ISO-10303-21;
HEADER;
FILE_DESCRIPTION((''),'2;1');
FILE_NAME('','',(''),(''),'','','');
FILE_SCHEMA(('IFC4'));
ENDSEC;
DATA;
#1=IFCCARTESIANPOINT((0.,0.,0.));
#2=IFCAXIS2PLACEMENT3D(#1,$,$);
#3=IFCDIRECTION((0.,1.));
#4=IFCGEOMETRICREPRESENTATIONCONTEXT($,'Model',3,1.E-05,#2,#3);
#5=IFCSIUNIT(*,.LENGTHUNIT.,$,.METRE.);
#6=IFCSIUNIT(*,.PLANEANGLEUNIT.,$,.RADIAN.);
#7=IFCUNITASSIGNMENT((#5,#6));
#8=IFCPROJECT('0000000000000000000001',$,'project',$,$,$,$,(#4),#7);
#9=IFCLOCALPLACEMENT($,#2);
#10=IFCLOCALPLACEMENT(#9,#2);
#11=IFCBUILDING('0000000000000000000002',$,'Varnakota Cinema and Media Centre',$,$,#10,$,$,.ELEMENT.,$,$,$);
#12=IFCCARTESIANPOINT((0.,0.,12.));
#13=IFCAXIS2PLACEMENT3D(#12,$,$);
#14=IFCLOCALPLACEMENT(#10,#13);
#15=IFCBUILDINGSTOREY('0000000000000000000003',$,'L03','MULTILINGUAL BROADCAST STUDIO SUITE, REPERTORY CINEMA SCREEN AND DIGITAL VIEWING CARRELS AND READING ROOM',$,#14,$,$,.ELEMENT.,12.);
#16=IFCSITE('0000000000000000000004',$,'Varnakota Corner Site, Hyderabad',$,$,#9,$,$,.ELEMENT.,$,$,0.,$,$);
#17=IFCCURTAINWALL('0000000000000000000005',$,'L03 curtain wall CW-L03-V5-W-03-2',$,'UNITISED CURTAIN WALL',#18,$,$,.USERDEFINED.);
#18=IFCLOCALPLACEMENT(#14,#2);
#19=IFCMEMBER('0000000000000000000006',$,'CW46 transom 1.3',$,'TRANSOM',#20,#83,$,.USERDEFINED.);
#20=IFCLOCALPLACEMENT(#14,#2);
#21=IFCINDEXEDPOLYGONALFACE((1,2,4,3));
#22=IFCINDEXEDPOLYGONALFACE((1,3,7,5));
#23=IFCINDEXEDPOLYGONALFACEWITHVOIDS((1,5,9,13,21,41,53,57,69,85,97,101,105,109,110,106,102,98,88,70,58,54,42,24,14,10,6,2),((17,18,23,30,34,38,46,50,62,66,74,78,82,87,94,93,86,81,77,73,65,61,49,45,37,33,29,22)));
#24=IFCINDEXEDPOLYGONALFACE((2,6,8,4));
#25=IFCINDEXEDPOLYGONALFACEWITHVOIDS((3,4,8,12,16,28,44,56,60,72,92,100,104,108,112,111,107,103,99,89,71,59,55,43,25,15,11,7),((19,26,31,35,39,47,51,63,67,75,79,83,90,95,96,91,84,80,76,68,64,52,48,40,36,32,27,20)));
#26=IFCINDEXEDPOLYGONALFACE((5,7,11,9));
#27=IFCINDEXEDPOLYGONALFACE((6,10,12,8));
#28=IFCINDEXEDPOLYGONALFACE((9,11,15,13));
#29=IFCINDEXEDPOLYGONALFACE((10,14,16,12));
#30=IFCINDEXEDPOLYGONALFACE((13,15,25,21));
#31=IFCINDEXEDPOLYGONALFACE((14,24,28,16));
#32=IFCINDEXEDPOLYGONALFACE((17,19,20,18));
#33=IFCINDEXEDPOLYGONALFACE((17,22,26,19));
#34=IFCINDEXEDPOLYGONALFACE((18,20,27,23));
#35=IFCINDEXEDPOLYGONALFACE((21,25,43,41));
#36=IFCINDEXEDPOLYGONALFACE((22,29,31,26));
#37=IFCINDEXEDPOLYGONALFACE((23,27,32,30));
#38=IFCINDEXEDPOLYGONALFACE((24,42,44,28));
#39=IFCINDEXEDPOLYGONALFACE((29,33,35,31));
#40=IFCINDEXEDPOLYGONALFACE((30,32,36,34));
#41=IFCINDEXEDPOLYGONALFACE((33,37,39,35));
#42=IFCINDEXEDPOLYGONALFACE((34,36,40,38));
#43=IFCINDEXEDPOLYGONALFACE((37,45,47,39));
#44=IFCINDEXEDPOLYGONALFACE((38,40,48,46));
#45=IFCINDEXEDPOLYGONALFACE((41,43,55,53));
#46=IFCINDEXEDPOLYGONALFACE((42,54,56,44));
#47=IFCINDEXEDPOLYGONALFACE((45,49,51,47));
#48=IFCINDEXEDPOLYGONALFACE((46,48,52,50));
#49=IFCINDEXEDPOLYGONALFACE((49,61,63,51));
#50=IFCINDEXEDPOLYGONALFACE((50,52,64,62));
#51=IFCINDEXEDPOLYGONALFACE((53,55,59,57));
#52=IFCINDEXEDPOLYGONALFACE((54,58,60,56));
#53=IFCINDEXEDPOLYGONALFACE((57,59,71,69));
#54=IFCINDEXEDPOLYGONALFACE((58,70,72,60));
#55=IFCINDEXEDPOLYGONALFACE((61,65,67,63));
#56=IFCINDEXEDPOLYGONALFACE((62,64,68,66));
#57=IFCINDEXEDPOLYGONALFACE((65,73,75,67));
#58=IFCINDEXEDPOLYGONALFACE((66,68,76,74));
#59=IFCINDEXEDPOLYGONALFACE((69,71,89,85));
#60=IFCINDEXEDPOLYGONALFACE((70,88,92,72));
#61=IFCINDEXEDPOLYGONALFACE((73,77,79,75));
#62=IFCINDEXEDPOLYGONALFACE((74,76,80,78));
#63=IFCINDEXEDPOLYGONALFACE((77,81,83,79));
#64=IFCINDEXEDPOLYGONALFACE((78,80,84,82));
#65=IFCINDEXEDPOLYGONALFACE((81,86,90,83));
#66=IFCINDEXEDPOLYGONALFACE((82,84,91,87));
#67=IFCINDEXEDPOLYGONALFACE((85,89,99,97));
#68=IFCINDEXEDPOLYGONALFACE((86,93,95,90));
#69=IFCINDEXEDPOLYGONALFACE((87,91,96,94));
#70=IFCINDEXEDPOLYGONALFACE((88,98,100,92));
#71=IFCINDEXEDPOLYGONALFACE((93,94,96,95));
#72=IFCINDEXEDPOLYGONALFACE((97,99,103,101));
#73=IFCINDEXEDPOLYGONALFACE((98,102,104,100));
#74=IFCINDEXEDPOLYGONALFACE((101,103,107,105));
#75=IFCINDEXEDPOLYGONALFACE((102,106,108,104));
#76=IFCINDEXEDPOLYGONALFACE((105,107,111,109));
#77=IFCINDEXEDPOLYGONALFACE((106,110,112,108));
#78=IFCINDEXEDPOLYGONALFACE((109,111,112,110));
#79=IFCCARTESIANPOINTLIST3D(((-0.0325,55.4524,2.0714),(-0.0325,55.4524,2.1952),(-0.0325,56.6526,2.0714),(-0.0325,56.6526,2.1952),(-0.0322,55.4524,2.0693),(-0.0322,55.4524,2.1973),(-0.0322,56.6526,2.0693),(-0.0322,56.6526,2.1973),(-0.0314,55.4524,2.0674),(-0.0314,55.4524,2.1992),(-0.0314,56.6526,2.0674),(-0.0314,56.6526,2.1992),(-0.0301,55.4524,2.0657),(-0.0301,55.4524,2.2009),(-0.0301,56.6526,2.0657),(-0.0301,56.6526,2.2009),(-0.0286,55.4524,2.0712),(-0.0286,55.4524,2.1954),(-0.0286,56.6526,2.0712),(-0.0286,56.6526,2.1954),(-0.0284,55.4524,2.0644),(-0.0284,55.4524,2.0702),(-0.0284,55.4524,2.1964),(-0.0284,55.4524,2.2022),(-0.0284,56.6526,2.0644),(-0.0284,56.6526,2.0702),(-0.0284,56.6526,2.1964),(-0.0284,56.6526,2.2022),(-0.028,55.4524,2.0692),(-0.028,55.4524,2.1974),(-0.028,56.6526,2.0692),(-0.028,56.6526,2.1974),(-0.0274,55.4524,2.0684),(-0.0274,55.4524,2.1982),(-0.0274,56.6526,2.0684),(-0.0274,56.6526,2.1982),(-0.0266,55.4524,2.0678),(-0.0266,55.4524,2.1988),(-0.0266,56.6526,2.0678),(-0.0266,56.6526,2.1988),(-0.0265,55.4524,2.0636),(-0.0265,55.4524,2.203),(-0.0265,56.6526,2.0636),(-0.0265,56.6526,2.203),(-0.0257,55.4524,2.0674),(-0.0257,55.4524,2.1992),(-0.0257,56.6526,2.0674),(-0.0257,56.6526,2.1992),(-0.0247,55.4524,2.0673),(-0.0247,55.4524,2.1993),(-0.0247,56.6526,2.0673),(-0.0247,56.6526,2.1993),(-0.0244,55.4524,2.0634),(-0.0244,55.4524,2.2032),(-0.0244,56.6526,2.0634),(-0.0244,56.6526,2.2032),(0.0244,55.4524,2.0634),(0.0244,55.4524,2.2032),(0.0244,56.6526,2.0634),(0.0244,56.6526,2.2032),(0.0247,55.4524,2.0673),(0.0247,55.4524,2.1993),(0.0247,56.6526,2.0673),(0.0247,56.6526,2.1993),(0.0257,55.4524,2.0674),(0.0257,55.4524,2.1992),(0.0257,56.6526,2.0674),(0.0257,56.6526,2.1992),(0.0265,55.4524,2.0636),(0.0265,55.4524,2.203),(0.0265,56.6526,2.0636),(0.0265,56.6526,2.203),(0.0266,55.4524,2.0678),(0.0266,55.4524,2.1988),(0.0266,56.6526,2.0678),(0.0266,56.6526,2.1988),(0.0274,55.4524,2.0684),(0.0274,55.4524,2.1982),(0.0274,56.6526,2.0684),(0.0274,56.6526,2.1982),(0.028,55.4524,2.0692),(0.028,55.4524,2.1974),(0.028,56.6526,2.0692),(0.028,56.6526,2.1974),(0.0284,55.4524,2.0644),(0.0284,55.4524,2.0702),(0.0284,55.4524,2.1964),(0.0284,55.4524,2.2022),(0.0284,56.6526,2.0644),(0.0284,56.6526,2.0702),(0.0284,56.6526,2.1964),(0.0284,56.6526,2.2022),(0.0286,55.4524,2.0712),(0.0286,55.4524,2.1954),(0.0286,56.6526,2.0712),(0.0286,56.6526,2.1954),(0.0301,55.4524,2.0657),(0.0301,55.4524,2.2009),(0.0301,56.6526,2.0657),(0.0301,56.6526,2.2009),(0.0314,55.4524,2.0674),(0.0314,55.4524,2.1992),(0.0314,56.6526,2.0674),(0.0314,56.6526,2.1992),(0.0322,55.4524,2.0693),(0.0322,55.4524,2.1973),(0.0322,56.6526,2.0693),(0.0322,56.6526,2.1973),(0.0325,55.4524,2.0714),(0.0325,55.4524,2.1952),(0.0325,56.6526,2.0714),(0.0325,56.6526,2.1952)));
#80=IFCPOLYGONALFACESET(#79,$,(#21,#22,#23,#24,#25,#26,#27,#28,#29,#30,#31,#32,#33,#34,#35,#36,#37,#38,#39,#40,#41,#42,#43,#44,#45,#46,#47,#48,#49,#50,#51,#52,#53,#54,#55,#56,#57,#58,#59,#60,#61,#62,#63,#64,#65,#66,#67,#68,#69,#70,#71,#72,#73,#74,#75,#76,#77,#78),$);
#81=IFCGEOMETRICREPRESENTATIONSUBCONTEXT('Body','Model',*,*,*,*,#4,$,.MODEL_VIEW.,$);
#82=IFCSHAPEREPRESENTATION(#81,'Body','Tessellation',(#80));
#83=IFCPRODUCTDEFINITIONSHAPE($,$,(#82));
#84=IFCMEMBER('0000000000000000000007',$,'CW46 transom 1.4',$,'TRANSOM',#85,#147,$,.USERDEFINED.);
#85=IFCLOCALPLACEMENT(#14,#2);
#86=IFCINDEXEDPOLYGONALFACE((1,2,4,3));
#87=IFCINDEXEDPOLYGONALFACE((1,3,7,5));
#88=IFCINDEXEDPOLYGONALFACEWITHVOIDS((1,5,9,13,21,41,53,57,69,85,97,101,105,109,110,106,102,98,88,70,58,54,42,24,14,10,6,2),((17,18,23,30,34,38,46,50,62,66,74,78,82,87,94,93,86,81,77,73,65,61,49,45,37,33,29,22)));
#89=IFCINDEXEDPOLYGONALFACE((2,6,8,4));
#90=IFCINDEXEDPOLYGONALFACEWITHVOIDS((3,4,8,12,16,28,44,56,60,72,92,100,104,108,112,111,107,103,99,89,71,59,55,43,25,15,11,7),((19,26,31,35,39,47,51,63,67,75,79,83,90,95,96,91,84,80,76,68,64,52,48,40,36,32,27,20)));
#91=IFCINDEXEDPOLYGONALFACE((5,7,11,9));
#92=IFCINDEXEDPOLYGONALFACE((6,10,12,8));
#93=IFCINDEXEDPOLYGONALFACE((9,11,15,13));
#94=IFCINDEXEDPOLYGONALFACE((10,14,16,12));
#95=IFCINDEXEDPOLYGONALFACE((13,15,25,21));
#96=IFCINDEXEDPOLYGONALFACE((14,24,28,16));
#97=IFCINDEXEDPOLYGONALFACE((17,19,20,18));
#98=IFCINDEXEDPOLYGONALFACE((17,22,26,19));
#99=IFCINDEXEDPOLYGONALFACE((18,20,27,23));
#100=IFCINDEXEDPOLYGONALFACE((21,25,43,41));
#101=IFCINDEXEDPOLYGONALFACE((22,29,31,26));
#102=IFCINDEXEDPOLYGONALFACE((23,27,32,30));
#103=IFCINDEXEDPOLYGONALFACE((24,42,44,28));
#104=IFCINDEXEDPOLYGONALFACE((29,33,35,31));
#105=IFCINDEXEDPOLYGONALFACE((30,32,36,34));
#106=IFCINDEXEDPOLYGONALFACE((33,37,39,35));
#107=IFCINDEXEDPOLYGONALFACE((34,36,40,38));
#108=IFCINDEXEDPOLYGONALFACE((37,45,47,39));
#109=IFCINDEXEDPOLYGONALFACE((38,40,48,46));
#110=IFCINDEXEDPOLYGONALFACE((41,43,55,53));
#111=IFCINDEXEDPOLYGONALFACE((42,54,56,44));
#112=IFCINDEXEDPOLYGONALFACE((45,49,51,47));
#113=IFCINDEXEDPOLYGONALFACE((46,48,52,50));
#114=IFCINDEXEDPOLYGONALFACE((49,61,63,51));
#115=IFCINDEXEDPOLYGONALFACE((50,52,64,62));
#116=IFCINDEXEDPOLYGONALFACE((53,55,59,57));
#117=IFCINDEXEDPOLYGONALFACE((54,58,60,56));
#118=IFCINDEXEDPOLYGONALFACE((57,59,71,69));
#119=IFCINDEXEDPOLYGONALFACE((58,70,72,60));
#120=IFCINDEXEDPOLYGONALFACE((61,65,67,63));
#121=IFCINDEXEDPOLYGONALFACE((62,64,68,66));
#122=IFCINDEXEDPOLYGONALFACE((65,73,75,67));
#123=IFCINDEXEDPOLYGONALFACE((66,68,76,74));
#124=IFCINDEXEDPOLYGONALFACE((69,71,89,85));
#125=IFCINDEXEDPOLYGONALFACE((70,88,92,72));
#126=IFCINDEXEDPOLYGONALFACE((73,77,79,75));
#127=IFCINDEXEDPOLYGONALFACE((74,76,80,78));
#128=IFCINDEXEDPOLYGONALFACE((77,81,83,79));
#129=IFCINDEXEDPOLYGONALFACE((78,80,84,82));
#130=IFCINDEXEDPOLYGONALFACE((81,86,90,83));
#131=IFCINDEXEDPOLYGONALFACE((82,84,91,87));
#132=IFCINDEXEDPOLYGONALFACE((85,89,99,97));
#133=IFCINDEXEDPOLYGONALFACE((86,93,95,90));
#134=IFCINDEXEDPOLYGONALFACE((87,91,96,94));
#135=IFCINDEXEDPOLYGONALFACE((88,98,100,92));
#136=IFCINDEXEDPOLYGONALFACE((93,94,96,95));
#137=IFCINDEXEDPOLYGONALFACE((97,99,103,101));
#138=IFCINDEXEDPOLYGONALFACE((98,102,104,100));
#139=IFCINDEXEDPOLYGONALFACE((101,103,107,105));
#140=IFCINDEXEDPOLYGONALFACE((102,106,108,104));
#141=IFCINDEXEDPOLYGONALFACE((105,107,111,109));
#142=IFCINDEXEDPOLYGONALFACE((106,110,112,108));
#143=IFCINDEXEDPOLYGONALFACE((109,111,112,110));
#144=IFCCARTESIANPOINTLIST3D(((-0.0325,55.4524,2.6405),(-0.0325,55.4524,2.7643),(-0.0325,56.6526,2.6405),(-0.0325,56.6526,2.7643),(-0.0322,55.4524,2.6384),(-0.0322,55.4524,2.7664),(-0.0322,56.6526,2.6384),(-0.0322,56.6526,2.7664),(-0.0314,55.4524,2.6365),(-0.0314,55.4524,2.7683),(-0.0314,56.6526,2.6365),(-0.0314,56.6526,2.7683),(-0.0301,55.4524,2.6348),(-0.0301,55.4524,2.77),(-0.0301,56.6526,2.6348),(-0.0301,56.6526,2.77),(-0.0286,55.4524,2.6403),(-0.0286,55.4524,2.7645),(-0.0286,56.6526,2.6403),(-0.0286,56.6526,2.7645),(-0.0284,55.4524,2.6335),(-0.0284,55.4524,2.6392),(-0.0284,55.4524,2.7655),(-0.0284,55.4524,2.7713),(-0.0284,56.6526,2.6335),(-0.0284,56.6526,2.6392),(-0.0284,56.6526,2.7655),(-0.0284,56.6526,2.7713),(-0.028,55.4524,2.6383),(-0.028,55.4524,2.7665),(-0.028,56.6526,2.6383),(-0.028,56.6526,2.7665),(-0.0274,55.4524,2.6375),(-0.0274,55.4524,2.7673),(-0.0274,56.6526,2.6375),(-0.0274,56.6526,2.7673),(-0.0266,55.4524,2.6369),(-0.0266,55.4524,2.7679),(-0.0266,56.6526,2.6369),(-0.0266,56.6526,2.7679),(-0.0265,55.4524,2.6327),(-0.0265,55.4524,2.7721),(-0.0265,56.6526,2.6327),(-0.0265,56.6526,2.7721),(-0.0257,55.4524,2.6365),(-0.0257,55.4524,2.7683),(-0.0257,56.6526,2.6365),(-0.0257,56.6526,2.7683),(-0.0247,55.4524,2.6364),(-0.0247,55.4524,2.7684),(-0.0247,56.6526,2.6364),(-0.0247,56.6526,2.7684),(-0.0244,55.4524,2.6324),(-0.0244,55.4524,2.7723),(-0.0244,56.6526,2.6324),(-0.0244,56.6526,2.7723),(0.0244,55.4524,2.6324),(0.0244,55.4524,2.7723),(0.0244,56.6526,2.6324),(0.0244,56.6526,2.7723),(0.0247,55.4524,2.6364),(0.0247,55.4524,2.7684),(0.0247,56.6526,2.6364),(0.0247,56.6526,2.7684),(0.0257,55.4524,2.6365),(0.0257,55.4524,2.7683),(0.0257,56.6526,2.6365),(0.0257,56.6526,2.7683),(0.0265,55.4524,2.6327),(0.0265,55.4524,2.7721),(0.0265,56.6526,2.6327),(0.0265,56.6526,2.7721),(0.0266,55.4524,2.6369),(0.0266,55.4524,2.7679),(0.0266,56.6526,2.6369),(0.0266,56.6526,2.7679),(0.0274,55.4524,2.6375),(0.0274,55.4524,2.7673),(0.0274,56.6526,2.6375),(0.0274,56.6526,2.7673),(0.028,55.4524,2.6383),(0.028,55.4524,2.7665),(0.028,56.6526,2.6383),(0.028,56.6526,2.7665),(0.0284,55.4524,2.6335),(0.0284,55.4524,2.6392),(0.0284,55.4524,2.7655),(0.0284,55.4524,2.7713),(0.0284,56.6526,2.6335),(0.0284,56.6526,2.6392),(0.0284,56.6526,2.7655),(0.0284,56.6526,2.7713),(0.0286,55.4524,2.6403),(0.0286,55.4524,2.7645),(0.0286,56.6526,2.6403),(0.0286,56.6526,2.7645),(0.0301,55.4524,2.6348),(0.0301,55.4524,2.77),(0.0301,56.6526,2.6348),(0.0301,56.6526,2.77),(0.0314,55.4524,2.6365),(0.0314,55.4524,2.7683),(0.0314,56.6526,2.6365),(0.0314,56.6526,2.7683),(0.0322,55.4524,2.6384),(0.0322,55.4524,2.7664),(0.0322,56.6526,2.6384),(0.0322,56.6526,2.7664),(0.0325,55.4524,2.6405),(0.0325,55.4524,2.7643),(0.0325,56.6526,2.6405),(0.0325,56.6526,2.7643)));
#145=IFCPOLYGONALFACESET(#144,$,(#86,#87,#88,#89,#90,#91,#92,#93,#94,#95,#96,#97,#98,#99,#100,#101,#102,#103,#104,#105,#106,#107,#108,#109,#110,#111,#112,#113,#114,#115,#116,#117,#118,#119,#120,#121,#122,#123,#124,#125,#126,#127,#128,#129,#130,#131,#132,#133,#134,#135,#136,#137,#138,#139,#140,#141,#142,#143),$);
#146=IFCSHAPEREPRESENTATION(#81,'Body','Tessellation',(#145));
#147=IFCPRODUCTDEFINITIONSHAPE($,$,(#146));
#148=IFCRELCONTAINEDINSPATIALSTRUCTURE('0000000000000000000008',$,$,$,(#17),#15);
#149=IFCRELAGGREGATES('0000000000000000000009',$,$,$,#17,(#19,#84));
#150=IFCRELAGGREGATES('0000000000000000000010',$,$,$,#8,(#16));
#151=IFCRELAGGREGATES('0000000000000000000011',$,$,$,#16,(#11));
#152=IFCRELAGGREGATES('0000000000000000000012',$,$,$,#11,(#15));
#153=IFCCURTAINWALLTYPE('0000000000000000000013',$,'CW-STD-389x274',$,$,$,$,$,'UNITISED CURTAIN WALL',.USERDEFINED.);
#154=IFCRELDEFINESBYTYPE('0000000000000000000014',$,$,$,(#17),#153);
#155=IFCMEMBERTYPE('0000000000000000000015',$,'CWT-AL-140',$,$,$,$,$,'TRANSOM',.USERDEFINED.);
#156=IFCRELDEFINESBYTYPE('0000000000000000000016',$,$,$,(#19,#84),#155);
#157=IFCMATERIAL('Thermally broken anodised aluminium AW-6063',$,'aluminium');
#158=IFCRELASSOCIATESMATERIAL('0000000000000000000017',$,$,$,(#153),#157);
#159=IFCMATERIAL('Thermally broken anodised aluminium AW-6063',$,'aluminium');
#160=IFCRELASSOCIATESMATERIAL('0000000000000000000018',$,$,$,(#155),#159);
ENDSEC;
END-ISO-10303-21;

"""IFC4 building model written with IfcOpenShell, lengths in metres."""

from ifc_helpers import new_model, si_unit, direction, frame, origin, origin_2d, place, context, subcontext, project, spatial, hollow_rectangle, extrude, material, material_profile, profile_set, type_object, element, aggregate, save


model = new_model("IFC4")

# Units and contexts
model_context = context("Model", 3, precision=1e-05, world=origin(), true_north=direction((0.0, 1.0)))
body_context = subcontext(model_context, "Body", "Model", "MODEL_VIEW")
ifc_project = project(units=[si_unit("LENGTHUNIT", "METRE"), si_unit("PLANEANGLEUNIT", "RADIAN")], contexts=[model_context])

# Site, building, storey
site_placement = place(None, origin())
site = spatial("IfcSite", under=ifc_project, at=site_placement, Name="Varnakota Corner Site, Hyderabad", CompositionType="ELEMENT", RefElevation=0.0)
building_placement = place(site_placement, origin())
building = spatial("IfcBuilding", under=site, at=building_placement, Name="Varnakota Cinema and Media Centre", CompositionType="ELEMENT")
storey_placement = place(building_placement, frame((0.0, 0.0, 12.0)))
storey = spatial("IfcBuildingStorey", under=building, at=storey_placement, Name="L03", Description="MULTILINGUAL BROADCAST STUDIO SUITE, REPERTORY CINEMA SCREEN AND DIGITAL VIEWING CARRELS AND READING ROOM", CompositionType="ELEMENT", Elevation=12.0)

# Shared definitions
ifc_material_1 = material(Name="Thermally broken anodised aluminium AW-6063", Category="aluminium")
curtain_wall_type = type_object("IfcCurtainWallType", Name="CW-STD-389x274", ElementType="UNITISED CURTAIN WALL", PredefinedType="USERDEFINED", material=ifc_material_1)

# Curtain wall, members
curtain_wall_1_placement = place(storey_placement, origin())
curtain_wall_1 = element("IfcCurtainWall", 1, at=curtain_wall_1_placement, inside=storey, type_object=curtain_wall_type, Name="L03 curtain wall CW-L03-V5-W-03-2", ObjectType="UNITISED CURTAIN WALL", PredefinedType="USERDEFINED")
ifc_material_2 = material(Name="Thermally broken anodised aluminium AW-6063", Category="aluminium")
ifc_material_profile_1 = material_profile(ifc_material_2, hollow_rectangle(XDim=0.0649, YDim=0.1399, WallThickness=0.0039, InnerFilletRadius=0.0039, OuterFilletRadius=0.0081, at=origin_2d()), Name="AL-TRANSOM 140x65x4")
ifc_profile_set_1 = profile_set([ifc_material_profile_1], Name="Thermally broken anodised aluminium AW-6063")
member_type_1 = type_object("IfcMemberType", Name="CWT-AL-140", ElementType="TRANSOM", PredefinedType="USERDEFINED", material=ifc_profile_set_1)
member_1_placement = place(storey_placement, frame((0.0, 56.6526, 2.1333), z_axis=(0.0, -1.0, 0.0), x_axis=(1.0, 0.0, 0.0)))
member_1 = element("IfcMember", 2, at=member_1_placement, type_object=member_type_1, Name="CW46 transom 1.3", ObjectType="TRANSOM", PredefinedType="USERDEFINED", context=body_context, shape_type="SweptSolid", body=[
    extrude(hollow_rectangle(XDim=0.0649, YDim=0.1399, WallThickness=0.0039, InnerFilletRadius=0.0039, OuterFilletRadius=0.0081, at=origin_2d()), origin(), (0.0, 0.0, 1.0), 1.2002),
])
member_2_placement = place(storey_placement, frame((0.0, 56.6526, 2.7024), z_axis=(0.0, -1.0, 0.0), x_axis=(1.0, 0.0, 0.0)))
member_2 = element("IfcMember", 3, at=member_2_placement, type_object=member_type_1, Name="CW46 transom 1.4", ObjectType="TRANSOM", PredefinedType="USERDEFINED", context=body_context, shape_type="SweptSolid", body=[
    extrude(hollow_rectangle(XDim=0.0649, YDim=0.1399, WallThickness=0.0039, InnerFilletRadius=0.0039, OuterFilletRadius=0.0081, at=origin_2d()), origin(), (0.0, 0.0, 1.0), 1.2002),
])

aggregate(curtain_wall_1, [member_1, member_2])

save(model, "model.ifc")
